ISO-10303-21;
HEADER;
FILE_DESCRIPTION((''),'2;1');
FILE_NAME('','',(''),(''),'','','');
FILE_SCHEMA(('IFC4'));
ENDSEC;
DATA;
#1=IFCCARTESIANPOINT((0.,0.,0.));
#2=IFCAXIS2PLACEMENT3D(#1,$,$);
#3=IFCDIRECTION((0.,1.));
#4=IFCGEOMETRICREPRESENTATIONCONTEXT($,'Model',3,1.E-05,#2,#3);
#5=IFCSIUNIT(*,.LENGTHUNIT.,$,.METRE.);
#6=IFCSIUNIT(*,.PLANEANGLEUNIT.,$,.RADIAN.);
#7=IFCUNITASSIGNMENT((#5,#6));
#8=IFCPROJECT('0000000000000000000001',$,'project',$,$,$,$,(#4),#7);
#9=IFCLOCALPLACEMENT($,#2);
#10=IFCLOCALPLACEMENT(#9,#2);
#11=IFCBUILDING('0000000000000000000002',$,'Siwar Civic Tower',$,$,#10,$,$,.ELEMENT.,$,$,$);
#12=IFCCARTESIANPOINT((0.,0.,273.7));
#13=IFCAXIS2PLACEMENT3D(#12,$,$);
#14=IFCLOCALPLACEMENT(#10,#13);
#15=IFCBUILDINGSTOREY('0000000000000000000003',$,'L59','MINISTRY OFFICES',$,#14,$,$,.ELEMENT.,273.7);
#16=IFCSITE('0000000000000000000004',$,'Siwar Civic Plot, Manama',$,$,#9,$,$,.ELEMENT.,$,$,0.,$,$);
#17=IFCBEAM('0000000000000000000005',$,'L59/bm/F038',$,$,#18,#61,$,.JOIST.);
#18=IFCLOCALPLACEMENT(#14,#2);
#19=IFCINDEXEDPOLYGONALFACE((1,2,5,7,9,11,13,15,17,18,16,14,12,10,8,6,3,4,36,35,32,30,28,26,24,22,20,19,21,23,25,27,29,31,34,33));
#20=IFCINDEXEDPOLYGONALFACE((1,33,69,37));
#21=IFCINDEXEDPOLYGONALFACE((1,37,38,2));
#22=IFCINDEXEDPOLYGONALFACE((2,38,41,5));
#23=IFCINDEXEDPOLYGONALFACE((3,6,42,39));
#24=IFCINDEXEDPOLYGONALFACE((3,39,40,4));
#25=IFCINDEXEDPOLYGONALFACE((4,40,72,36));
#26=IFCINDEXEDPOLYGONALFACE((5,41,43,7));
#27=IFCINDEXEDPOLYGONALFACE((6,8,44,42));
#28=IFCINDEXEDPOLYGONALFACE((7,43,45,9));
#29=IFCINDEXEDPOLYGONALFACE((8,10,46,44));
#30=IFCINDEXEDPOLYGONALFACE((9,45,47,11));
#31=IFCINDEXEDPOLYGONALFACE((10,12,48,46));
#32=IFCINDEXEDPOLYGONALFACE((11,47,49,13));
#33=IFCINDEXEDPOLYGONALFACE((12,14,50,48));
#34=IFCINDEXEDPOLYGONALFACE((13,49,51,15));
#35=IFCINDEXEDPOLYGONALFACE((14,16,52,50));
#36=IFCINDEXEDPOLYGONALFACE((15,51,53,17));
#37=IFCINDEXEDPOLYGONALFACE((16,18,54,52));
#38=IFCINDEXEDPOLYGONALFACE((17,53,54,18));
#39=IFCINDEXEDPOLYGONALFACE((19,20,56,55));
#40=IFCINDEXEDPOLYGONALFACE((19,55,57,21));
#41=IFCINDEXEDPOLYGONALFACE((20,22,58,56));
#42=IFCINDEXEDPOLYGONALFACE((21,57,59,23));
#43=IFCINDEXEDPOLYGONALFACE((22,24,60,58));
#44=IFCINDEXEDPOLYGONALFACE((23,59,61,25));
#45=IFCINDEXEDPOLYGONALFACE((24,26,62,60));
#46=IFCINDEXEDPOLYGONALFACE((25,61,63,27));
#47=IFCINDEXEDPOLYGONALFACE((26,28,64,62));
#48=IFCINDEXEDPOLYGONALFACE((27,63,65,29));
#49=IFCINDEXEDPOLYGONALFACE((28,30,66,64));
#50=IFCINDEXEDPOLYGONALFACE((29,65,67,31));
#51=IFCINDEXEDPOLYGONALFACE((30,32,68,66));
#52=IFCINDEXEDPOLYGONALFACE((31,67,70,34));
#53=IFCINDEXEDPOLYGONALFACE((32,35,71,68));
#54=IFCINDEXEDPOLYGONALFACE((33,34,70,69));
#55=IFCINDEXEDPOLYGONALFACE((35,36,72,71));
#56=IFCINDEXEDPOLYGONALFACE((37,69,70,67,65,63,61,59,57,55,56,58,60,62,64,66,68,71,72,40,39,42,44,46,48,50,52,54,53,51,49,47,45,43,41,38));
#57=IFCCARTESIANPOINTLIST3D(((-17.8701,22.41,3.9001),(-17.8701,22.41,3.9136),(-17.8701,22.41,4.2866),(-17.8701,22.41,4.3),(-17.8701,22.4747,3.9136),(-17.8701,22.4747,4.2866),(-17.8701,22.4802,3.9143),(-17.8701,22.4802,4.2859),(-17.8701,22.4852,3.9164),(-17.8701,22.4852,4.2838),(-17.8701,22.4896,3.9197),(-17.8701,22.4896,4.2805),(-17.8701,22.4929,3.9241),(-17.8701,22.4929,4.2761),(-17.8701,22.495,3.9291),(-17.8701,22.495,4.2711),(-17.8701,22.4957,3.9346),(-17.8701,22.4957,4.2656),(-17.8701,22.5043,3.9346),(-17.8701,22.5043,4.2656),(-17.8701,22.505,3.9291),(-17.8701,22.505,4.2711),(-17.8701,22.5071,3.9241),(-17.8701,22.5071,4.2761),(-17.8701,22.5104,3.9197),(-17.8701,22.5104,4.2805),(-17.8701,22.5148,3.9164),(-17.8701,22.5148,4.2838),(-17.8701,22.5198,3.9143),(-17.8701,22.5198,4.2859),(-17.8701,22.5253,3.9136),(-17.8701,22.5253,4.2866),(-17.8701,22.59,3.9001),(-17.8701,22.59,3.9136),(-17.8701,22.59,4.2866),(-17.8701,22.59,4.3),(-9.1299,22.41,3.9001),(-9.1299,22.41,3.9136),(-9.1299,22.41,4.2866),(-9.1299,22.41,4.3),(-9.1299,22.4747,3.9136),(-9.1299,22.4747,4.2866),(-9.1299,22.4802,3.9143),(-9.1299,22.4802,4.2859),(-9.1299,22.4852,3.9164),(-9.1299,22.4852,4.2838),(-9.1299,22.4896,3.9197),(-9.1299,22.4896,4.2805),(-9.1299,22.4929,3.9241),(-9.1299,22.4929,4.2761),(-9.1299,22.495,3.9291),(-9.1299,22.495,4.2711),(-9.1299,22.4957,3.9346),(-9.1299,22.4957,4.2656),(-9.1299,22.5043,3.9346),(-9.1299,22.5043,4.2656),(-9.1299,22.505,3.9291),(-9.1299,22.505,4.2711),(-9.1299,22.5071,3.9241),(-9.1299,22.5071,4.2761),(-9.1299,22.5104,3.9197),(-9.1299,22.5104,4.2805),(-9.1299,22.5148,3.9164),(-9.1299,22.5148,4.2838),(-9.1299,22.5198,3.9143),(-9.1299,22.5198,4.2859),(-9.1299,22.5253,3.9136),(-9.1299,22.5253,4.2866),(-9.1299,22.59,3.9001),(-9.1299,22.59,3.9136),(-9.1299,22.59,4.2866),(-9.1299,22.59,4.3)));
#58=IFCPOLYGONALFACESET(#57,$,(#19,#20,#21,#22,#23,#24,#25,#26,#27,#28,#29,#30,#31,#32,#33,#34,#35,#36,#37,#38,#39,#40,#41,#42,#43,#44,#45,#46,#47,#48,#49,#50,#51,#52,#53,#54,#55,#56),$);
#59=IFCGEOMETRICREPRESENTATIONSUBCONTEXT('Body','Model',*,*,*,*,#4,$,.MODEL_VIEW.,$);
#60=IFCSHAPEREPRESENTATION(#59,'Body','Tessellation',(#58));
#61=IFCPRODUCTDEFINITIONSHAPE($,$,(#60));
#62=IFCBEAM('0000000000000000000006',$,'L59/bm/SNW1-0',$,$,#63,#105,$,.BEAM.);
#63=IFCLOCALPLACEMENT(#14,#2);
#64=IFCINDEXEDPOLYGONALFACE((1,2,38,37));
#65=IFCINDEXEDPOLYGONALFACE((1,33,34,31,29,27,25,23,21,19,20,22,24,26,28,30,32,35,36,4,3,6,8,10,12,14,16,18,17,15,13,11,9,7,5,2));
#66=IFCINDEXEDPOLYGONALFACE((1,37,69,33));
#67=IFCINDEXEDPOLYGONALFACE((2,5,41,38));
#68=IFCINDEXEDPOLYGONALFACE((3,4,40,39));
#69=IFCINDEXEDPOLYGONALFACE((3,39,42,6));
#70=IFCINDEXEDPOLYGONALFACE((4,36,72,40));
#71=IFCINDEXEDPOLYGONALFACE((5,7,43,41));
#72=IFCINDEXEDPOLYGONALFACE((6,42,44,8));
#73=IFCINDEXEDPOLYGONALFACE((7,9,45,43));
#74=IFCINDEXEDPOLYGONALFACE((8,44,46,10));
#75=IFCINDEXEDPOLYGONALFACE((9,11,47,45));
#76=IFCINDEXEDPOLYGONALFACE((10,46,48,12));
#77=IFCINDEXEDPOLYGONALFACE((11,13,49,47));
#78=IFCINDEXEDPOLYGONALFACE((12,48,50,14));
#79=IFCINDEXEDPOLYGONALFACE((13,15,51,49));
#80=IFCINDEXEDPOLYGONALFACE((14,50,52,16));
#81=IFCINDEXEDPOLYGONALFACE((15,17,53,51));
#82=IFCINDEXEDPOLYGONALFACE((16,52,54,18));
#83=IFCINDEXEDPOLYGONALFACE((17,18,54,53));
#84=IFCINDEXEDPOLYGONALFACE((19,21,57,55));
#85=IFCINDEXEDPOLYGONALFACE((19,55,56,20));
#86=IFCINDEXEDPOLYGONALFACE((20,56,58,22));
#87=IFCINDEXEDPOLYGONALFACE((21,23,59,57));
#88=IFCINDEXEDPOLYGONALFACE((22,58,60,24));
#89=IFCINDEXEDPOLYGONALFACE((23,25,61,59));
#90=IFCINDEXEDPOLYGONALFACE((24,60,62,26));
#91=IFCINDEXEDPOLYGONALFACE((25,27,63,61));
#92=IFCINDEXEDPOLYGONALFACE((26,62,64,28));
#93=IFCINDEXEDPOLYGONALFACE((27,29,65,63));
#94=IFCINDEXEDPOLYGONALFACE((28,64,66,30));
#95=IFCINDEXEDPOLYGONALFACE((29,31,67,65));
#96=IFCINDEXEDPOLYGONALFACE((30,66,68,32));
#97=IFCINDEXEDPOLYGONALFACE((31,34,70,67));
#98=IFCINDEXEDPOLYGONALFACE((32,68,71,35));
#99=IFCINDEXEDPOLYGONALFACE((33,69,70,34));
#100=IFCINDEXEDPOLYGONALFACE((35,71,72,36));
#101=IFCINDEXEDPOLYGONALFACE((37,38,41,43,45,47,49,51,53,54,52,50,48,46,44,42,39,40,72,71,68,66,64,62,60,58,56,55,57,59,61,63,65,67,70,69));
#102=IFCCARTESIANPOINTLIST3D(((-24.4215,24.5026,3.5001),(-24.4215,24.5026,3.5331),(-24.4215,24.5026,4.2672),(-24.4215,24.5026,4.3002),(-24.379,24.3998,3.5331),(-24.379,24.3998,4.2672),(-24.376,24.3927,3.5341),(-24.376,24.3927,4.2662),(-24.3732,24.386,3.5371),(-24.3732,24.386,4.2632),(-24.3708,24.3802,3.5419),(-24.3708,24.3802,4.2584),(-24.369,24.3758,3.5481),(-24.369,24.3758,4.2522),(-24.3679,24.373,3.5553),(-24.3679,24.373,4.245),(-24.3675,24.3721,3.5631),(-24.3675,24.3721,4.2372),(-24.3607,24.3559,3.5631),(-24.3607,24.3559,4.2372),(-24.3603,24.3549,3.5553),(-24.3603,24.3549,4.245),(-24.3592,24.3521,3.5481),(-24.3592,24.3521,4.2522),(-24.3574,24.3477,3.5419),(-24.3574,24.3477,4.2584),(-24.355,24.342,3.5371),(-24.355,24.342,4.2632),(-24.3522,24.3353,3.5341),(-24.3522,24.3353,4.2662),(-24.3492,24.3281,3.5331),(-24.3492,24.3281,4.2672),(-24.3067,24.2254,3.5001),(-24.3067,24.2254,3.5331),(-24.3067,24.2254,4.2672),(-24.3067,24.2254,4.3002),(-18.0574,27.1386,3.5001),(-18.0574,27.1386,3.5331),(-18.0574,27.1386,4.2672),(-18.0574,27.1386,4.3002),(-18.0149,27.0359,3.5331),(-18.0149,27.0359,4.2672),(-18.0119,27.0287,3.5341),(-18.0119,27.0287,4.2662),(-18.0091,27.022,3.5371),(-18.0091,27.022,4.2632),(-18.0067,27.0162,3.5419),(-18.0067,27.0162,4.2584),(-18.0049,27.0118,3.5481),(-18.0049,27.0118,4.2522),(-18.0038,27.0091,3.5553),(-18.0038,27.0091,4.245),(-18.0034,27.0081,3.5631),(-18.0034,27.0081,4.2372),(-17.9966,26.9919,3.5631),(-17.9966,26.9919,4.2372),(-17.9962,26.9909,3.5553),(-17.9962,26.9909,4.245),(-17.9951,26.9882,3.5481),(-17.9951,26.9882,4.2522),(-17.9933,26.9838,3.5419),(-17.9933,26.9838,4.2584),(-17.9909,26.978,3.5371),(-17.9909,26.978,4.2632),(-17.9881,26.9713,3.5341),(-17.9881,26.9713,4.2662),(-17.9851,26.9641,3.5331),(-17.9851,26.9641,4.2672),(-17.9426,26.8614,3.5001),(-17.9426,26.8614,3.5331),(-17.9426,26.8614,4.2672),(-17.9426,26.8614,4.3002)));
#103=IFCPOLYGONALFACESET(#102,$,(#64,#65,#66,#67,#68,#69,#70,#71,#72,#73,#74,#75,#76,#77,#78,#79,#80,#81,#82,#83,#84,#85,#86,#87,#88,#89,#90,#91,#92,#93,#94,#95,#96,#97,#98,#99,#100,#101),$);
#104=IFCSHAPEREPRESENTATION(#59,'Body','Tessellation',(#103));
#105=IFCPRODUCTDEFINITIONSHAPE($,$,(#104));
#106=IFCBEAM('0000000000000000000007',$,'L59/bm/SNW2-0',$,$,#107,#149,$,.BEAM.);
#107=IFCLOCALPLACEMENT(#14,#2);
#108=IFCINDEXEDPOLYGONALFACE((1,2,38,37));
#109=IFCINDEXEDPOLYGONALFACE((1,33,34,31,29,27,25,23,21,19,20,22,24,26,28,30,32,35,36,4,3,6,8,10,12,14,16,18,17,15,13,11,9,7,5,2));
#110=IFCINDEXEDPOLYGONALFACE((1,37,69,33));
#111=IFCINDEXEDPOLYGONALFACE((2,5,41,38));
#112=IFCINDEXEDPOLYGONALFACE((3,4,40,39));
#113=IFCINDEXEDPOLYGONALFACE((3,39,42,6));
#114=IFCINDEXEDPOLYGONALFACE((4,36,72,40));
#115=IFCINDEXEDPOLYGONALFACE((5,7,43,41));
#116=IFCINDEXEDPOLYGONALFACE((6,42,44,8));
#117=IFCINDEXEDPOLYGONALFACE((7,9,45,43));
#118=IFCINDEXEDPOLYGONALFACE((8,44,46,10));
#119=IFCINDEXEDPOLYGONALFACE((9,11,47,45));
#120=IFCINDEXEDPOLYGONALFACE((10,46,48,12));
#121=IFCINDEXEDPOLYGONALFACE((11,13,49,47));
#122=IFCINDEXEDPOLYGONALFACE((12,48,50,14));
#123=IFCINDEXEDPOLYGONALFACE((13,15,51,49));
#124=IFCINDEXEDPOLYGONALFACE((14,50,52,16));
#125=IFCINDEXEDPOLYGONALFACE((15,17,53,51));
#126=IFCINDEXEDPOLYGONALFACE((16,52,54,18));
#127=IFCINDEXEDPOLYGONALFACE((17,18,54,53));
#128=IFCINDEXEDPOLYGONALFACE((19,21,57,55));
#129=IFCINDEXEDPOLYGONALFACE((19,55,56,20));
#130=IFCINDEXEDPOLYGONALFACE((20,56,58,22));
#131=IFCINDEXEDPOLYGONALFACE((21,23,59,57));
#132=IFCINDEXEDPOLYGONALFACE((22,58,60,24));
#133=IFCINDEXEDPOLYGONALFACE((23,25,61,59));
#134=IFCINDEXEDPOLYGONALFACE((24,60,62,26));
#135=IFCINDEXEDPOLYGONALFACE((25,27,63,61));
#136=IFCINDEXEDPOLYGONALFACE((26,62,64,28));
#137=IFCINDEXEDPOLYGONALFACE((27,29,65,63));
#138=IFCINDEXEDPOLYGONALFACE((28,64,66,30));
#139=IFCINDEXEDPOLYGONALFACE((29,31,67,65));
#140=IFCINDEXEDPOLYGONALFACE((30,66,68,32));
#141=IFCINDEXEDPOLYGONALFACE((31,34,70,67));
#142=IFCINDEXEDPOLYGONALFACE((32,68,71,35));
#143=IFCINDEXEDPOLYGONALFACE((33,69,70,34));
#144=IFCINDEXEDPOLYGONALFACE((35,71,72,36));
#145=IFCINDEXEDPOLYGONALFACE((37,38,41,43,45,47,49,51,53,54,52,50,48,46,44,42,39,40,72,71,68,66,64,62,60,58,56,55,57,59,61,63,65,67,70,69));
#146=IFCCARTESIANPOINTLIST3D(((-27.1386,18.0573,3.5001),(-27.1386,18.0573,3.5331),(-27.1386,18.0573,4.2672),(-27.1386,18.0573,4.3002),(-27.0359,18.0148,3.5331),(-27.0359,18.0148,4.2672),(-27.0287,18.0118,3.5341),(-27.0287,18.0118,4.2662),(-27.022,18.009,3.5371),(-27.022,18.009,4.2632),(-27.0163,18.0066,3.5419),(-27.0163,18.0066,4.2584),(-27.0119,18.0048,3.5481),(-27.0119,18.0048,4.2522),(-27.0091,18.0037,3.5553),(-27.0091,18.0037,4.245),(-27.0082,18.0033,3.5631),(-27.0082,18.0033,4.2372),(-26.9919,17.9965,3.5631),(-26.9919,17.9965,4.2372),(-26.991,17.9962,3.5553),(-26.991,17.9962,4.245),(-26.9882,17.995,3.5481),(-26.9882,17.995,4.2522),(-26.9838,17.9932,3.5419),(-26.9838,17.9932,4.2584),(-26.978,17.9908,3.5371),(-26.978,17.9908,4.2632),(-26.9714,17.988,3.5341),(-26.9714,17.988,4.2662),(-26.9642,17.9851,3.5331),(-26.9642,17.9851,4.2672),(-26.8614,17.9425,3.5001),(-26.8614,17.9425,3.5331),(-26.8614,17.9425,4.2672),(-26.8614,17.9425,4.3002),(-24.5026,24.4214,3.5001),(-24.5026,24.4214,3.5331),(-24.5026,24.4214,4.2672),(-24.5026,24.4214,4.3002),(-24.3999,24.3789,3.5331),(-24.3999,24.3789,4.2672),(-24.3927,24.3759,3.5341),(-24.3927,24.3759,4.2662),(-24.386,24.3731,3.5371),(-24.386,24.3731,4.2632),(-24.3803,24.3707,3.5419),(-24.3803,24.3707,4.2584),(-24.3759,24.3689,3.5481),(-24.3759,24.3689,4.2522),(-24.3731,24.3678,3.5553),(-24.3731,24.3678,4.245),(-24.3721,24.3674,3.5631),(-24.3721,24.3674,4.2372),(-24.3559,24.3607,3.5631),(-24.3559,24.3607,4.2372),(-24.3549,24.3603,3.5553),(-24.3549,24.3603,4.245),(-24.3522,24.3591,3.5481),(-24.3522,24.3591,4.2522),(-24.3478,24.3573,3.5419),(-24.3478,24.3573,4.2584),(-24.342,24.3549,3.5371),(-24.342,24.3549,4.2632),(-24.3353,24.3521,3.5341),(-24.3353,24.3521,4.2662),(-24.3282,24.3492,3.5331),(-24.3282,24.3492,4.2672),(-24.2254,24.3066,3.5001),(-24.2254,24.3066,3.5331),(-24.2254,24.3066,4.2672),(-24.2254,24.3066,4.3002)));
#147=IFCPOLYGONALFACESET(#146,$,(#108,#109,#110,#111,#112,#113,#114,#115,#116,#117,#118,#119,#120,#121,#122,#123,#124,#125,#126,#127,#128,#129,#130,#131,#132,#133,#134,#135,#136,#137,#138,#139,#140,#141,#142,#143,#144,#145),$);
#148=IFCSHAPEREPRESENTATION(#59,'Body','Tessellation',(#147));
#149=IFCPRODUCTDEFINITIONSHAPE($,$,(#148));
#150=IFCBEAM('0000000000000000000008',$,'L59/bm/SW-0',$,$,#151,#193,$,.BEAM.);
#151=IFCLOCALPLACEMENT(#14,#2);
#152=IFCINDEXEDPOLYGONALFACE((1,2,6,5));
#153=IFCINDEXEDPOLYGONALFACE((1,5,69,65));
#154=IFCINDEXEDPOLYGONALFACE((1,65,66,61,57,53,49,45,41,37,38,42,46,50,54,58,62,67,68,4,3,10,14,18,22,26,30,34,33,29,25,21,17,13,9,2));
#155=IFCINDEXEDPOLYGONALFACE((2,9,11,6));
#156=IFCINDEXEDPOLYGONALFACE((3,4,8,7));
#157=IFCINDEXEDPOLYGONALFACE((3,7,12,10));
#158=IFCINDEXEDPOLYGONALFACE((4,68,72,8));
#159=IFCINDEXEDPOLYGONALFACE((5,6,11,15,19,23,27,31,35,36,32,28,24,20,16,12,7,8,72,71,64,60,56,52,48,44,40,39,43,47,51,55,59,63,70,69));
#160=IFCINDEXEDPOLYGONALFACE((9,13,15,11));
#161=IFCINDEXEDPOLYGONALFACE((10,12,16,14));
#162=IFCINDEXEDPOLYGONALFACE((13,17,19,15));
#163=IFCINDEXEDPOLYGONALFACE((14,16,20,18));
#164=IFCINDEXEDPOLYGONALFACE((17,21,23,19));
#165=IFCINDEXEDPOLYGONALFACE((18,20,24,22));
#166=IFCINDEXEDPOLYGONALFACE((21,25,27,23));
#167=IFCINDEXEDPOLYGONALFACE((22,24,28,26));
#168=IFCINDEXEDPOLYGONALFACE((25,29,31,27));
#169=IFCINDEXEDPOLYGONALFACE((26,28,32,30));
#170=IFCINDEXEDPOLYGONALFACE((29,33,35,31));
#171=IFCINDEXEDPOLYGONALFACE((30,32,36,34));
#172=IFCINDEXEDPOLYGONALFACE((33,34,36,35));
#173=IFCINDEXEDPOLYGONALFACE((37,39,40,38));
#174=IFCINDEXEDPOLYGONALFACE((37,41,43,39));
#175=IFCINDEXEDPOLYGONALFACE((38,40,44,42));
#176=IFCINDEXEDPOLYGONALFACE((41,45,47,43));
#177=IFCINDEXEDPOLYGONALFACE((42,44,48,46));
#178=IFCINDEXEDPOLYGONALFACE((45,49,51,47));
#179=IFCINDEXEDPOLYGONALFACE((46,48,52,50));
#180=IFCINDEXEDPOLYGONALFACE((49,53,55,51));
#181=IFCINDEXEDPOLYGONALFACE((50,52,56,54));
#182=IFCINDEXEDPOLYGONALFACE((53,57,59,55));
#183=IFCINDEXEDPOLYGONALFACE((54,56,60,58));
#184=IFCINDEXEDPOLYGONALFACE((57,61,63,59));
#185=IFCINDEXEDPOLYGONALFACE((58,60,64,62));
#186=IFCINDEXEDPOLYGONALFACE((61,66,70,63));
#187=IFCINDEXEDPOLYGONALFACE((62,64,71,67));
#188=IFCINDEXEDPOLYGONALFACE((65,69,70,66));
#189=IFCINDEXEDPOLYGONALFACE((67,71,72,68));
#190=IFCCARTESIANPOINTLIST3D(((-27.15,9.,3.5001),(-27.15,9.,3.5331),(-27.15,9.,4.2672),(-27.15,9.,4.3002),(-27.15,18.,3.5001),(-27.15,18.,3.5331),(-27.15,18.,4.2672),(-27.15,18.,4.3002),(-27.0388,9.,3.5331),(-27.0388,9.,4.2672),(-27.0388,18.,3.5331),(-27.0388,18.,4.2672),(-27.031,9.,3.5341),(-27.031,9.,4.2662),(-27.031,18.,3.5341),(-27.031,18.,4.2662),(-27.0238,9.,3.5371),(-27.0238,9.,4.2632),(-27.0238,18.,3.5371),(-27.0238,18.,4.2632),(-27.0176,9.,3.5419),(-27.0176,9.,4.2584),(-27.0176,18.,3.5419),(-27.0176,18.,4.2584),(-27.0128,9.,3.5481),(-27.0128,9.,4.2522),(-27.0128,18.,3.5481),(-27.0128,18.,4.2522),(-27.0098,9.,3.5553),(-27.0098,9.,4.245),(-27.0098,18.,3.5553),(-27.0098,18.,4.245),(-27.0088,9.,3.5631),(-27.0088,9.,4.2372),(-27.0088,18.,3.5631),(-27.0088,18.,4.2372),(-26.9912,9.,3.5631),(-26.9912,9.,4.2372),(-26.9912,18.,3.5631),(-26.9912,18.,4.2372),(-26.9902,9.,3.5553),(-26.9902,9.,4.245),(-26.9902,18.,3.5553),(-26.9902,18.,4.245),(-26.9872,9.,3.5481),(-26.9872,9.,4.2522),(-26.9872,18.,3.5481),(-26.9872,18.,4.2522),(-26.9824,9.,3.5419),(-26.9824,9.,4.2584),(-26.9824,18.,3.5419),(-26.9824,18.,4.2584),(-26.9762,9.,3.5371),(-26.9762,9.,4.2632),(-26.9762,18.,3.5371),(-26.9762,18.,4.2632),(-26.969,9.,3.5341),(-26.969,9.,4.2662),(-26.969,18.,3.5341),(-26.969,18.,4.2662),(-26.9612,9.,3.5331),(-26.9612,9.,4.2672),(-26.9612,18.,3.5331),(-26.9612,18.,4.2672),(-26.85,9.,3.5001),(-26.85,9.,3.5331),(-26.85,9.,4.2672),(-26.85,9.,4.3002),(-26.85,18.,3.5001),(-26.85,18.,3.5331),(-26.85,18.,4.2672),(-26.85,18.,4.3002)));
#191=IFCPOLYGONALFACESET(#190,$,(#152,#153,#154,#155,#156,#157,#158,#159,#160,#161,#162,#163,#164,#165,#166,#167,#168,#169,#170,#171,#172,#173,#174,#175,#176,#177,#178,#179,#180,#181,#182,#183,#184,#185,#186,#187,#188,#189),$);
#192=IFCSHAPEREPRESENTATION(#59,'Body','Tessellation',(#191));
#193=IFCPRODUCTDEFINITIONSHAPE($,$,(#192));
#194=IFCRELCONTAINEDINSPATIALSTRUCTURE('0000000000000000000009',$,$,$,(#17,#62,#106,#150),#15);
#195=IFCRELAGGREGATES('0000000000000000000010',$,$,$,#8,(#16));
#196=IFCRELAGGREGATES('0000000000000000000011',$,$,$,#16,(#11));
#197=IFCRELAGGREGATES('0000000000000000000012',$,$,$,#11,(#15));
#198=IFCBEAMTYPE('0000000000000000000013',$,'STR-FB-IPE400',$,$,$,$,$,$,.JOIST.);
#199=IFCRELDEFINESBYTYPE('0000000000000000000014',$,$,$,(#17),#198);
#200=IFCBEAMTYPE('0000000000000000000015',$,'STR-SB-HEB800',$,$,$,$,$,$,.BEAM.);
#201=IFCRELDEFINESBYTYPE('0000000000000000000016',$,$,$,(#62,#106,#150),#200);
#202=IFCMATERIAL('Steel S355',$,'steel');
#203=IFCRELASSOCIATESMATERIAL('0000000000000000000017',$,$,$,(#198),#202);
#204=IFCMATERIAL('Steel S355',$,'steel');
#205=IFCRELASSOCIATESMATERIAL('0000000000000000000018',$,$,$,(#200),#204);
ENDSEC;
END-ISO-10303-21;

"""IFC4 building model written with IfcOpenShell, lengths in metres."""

from ifc_helpers import new_model, si_unit, direction, frame, origin, origin_2d, place, context, subcontext, project, spatial, i_section, extrude, material, material_profile, profile_set, type_object, element, save


model = new_model("IFC4")

# Units and contexts
model_context = context("Model", 3, precision=1e-05, world=origin(), true_north=direction((0.0, 1.0)))
body_context = subcontext(model_context, "Body", "Model", "MODEL_VIEW")
ifc_project = project(units=[si_unit("LENGTHUNIT", "METRE"), si_unit("PLANEANGLEUNIT", "RADIAN")], contexts=[model_context])

# Site, building, storey
site_placement = place(None, origin())
site = spatial("IfcSite", under=ifc_project, at=site_placement, Name="Siwar Civic Plot, Manama", CompositionType="ELEMENT", RefElevation=0.0)
building_placement = place(site_placement, origin())
building = spatial("IfcBuilding", under=site, at=building_placement, Name="Siwar Civic Tower", CompositionType="ELEMENT")
storey_placement = place(building_placement, frame((0.0, 0.0, 273.7)))
storey = spatial("IfcBuildingStorey", under=building, at=storey_placement, Name="L59", Description="MINISTRY OFFICES", CompositionType="ELEMENT", Elevation=273.7)

# Beams
ifc_material_1 = material(Name="Steel S355", Category="steel")
ifc_material_profile_1 = material_profile(ifc_material_1, i_section(OverallWidth=0.1799, OverallDepth=0.3999, WebThickness=0.0085, FlangeThickness=0.0134, FilletRadius=0.021, at=origin_2d()), Name="IPE400")
ifc_profile_set_1 = profile_set([ifc_material_profile_1], Name="Steel S355")
beam_type_1 = type_object("IfcBeamType", Name="STR-FB-IPE400", PredefinedType="JOIST", material=ifc_profile_set_1)
beam_1_placement = place(storey_placement, frame((-17.8701, 22.5, 4.1001), z_axis=(1.0, 0.0, 0.0), x_axis=(0.0, 1.0, 0.0)))
element("IfcBeam", 1, at=beam_1_placement, inside=storey, type_object=beam_type_1, Name="L59/bm/F038", PredefinedType="JOIST", context=body_context, shape_type="SweptSolid", body=[
    extrude(i_section(OverallWidth=0.1799, OverallDepth=0.3999, WebThickness=0.0085, FlangeThickness=0.0134, FilletRadius=0.021, at=origin_2d()), origin(), (0.0, 0.0, 1.0), 8.7402),
])
ifc_material_2 = material(Name="Steel S355", Category="steel")
ifc_material_profile_2 = material_profile(ifc_material_2, i_section(OverallWidth=0.3, OverallDepth=0.8, WebThickness=0.0176, FlangeThickness=0.033, FilletRadius=0.03, at=origin_2d()), Name="HEB800")
ifc_profile_set_2 = profile_set([ifc_material_profile_2], Name="Steel S355")
beam_type_2 = type_object("IfcBeamType", Name="STR-SB-HEB800", PredefinedType="BEAM", material=ifc_profile_set_2)
for number, where, z_axis, x_axis, name in (
    (2, (-18.0, 27.0, 3.9001), (-0.923883, -0.382674, 0.0), (0.382674, -0.923883, 0.0), "L59/bm/SNW1-0"),
    (3, (-24.364, 24.364, 3.9001), (-0.382674, -0.923883, 0.0), (0.923883, -0.382674, 0.0), "L59/bm/SNW2-0"),
):
    element("IfcBeam", number, at=place(storey_placement, frame(where, z_axis=z_axis, x_axis=x_axis)), inside=storey, type_object=beam_type_2, Name=name, PredefinedType="BEAM", context=body_context, shape_type="SweptSolid", body=[
        extrude(i_section(OverallWidth=0.3, OverallDepth=0.8, WebThickness=0.0176, FlangeThickness=0.033, FilletRadius=0.03, at=origin_2d()), origin(), (0.0, 0.0, 1.0), 6.8884),
    ])
beam_2_placement = place(storey_placement, frame((-27.0, 18.0, 3.9001), z_axis=(0.0, -1.0, 0.0), x_axis=(1.0, 0.0, 0.0)))
element("IfcBeam", 4, at=beam_2_placement, inside=storey, type_object=beam_type_2, Name="L59/bm/SW-0", PredefinedType="BEAM", context=body_context, shape_type="SweptSolid", body=[
    extrude(i_section(OverallWidth=0.3, OverallDepth=0.8, WebThickness=0.0176, FlangeThickness=0.033, FilletRadius=0.03, at=origin_2d()), origin(), (0.0, 0.0, 1.0), 9.0),
])

save(model, "model.ifc")
